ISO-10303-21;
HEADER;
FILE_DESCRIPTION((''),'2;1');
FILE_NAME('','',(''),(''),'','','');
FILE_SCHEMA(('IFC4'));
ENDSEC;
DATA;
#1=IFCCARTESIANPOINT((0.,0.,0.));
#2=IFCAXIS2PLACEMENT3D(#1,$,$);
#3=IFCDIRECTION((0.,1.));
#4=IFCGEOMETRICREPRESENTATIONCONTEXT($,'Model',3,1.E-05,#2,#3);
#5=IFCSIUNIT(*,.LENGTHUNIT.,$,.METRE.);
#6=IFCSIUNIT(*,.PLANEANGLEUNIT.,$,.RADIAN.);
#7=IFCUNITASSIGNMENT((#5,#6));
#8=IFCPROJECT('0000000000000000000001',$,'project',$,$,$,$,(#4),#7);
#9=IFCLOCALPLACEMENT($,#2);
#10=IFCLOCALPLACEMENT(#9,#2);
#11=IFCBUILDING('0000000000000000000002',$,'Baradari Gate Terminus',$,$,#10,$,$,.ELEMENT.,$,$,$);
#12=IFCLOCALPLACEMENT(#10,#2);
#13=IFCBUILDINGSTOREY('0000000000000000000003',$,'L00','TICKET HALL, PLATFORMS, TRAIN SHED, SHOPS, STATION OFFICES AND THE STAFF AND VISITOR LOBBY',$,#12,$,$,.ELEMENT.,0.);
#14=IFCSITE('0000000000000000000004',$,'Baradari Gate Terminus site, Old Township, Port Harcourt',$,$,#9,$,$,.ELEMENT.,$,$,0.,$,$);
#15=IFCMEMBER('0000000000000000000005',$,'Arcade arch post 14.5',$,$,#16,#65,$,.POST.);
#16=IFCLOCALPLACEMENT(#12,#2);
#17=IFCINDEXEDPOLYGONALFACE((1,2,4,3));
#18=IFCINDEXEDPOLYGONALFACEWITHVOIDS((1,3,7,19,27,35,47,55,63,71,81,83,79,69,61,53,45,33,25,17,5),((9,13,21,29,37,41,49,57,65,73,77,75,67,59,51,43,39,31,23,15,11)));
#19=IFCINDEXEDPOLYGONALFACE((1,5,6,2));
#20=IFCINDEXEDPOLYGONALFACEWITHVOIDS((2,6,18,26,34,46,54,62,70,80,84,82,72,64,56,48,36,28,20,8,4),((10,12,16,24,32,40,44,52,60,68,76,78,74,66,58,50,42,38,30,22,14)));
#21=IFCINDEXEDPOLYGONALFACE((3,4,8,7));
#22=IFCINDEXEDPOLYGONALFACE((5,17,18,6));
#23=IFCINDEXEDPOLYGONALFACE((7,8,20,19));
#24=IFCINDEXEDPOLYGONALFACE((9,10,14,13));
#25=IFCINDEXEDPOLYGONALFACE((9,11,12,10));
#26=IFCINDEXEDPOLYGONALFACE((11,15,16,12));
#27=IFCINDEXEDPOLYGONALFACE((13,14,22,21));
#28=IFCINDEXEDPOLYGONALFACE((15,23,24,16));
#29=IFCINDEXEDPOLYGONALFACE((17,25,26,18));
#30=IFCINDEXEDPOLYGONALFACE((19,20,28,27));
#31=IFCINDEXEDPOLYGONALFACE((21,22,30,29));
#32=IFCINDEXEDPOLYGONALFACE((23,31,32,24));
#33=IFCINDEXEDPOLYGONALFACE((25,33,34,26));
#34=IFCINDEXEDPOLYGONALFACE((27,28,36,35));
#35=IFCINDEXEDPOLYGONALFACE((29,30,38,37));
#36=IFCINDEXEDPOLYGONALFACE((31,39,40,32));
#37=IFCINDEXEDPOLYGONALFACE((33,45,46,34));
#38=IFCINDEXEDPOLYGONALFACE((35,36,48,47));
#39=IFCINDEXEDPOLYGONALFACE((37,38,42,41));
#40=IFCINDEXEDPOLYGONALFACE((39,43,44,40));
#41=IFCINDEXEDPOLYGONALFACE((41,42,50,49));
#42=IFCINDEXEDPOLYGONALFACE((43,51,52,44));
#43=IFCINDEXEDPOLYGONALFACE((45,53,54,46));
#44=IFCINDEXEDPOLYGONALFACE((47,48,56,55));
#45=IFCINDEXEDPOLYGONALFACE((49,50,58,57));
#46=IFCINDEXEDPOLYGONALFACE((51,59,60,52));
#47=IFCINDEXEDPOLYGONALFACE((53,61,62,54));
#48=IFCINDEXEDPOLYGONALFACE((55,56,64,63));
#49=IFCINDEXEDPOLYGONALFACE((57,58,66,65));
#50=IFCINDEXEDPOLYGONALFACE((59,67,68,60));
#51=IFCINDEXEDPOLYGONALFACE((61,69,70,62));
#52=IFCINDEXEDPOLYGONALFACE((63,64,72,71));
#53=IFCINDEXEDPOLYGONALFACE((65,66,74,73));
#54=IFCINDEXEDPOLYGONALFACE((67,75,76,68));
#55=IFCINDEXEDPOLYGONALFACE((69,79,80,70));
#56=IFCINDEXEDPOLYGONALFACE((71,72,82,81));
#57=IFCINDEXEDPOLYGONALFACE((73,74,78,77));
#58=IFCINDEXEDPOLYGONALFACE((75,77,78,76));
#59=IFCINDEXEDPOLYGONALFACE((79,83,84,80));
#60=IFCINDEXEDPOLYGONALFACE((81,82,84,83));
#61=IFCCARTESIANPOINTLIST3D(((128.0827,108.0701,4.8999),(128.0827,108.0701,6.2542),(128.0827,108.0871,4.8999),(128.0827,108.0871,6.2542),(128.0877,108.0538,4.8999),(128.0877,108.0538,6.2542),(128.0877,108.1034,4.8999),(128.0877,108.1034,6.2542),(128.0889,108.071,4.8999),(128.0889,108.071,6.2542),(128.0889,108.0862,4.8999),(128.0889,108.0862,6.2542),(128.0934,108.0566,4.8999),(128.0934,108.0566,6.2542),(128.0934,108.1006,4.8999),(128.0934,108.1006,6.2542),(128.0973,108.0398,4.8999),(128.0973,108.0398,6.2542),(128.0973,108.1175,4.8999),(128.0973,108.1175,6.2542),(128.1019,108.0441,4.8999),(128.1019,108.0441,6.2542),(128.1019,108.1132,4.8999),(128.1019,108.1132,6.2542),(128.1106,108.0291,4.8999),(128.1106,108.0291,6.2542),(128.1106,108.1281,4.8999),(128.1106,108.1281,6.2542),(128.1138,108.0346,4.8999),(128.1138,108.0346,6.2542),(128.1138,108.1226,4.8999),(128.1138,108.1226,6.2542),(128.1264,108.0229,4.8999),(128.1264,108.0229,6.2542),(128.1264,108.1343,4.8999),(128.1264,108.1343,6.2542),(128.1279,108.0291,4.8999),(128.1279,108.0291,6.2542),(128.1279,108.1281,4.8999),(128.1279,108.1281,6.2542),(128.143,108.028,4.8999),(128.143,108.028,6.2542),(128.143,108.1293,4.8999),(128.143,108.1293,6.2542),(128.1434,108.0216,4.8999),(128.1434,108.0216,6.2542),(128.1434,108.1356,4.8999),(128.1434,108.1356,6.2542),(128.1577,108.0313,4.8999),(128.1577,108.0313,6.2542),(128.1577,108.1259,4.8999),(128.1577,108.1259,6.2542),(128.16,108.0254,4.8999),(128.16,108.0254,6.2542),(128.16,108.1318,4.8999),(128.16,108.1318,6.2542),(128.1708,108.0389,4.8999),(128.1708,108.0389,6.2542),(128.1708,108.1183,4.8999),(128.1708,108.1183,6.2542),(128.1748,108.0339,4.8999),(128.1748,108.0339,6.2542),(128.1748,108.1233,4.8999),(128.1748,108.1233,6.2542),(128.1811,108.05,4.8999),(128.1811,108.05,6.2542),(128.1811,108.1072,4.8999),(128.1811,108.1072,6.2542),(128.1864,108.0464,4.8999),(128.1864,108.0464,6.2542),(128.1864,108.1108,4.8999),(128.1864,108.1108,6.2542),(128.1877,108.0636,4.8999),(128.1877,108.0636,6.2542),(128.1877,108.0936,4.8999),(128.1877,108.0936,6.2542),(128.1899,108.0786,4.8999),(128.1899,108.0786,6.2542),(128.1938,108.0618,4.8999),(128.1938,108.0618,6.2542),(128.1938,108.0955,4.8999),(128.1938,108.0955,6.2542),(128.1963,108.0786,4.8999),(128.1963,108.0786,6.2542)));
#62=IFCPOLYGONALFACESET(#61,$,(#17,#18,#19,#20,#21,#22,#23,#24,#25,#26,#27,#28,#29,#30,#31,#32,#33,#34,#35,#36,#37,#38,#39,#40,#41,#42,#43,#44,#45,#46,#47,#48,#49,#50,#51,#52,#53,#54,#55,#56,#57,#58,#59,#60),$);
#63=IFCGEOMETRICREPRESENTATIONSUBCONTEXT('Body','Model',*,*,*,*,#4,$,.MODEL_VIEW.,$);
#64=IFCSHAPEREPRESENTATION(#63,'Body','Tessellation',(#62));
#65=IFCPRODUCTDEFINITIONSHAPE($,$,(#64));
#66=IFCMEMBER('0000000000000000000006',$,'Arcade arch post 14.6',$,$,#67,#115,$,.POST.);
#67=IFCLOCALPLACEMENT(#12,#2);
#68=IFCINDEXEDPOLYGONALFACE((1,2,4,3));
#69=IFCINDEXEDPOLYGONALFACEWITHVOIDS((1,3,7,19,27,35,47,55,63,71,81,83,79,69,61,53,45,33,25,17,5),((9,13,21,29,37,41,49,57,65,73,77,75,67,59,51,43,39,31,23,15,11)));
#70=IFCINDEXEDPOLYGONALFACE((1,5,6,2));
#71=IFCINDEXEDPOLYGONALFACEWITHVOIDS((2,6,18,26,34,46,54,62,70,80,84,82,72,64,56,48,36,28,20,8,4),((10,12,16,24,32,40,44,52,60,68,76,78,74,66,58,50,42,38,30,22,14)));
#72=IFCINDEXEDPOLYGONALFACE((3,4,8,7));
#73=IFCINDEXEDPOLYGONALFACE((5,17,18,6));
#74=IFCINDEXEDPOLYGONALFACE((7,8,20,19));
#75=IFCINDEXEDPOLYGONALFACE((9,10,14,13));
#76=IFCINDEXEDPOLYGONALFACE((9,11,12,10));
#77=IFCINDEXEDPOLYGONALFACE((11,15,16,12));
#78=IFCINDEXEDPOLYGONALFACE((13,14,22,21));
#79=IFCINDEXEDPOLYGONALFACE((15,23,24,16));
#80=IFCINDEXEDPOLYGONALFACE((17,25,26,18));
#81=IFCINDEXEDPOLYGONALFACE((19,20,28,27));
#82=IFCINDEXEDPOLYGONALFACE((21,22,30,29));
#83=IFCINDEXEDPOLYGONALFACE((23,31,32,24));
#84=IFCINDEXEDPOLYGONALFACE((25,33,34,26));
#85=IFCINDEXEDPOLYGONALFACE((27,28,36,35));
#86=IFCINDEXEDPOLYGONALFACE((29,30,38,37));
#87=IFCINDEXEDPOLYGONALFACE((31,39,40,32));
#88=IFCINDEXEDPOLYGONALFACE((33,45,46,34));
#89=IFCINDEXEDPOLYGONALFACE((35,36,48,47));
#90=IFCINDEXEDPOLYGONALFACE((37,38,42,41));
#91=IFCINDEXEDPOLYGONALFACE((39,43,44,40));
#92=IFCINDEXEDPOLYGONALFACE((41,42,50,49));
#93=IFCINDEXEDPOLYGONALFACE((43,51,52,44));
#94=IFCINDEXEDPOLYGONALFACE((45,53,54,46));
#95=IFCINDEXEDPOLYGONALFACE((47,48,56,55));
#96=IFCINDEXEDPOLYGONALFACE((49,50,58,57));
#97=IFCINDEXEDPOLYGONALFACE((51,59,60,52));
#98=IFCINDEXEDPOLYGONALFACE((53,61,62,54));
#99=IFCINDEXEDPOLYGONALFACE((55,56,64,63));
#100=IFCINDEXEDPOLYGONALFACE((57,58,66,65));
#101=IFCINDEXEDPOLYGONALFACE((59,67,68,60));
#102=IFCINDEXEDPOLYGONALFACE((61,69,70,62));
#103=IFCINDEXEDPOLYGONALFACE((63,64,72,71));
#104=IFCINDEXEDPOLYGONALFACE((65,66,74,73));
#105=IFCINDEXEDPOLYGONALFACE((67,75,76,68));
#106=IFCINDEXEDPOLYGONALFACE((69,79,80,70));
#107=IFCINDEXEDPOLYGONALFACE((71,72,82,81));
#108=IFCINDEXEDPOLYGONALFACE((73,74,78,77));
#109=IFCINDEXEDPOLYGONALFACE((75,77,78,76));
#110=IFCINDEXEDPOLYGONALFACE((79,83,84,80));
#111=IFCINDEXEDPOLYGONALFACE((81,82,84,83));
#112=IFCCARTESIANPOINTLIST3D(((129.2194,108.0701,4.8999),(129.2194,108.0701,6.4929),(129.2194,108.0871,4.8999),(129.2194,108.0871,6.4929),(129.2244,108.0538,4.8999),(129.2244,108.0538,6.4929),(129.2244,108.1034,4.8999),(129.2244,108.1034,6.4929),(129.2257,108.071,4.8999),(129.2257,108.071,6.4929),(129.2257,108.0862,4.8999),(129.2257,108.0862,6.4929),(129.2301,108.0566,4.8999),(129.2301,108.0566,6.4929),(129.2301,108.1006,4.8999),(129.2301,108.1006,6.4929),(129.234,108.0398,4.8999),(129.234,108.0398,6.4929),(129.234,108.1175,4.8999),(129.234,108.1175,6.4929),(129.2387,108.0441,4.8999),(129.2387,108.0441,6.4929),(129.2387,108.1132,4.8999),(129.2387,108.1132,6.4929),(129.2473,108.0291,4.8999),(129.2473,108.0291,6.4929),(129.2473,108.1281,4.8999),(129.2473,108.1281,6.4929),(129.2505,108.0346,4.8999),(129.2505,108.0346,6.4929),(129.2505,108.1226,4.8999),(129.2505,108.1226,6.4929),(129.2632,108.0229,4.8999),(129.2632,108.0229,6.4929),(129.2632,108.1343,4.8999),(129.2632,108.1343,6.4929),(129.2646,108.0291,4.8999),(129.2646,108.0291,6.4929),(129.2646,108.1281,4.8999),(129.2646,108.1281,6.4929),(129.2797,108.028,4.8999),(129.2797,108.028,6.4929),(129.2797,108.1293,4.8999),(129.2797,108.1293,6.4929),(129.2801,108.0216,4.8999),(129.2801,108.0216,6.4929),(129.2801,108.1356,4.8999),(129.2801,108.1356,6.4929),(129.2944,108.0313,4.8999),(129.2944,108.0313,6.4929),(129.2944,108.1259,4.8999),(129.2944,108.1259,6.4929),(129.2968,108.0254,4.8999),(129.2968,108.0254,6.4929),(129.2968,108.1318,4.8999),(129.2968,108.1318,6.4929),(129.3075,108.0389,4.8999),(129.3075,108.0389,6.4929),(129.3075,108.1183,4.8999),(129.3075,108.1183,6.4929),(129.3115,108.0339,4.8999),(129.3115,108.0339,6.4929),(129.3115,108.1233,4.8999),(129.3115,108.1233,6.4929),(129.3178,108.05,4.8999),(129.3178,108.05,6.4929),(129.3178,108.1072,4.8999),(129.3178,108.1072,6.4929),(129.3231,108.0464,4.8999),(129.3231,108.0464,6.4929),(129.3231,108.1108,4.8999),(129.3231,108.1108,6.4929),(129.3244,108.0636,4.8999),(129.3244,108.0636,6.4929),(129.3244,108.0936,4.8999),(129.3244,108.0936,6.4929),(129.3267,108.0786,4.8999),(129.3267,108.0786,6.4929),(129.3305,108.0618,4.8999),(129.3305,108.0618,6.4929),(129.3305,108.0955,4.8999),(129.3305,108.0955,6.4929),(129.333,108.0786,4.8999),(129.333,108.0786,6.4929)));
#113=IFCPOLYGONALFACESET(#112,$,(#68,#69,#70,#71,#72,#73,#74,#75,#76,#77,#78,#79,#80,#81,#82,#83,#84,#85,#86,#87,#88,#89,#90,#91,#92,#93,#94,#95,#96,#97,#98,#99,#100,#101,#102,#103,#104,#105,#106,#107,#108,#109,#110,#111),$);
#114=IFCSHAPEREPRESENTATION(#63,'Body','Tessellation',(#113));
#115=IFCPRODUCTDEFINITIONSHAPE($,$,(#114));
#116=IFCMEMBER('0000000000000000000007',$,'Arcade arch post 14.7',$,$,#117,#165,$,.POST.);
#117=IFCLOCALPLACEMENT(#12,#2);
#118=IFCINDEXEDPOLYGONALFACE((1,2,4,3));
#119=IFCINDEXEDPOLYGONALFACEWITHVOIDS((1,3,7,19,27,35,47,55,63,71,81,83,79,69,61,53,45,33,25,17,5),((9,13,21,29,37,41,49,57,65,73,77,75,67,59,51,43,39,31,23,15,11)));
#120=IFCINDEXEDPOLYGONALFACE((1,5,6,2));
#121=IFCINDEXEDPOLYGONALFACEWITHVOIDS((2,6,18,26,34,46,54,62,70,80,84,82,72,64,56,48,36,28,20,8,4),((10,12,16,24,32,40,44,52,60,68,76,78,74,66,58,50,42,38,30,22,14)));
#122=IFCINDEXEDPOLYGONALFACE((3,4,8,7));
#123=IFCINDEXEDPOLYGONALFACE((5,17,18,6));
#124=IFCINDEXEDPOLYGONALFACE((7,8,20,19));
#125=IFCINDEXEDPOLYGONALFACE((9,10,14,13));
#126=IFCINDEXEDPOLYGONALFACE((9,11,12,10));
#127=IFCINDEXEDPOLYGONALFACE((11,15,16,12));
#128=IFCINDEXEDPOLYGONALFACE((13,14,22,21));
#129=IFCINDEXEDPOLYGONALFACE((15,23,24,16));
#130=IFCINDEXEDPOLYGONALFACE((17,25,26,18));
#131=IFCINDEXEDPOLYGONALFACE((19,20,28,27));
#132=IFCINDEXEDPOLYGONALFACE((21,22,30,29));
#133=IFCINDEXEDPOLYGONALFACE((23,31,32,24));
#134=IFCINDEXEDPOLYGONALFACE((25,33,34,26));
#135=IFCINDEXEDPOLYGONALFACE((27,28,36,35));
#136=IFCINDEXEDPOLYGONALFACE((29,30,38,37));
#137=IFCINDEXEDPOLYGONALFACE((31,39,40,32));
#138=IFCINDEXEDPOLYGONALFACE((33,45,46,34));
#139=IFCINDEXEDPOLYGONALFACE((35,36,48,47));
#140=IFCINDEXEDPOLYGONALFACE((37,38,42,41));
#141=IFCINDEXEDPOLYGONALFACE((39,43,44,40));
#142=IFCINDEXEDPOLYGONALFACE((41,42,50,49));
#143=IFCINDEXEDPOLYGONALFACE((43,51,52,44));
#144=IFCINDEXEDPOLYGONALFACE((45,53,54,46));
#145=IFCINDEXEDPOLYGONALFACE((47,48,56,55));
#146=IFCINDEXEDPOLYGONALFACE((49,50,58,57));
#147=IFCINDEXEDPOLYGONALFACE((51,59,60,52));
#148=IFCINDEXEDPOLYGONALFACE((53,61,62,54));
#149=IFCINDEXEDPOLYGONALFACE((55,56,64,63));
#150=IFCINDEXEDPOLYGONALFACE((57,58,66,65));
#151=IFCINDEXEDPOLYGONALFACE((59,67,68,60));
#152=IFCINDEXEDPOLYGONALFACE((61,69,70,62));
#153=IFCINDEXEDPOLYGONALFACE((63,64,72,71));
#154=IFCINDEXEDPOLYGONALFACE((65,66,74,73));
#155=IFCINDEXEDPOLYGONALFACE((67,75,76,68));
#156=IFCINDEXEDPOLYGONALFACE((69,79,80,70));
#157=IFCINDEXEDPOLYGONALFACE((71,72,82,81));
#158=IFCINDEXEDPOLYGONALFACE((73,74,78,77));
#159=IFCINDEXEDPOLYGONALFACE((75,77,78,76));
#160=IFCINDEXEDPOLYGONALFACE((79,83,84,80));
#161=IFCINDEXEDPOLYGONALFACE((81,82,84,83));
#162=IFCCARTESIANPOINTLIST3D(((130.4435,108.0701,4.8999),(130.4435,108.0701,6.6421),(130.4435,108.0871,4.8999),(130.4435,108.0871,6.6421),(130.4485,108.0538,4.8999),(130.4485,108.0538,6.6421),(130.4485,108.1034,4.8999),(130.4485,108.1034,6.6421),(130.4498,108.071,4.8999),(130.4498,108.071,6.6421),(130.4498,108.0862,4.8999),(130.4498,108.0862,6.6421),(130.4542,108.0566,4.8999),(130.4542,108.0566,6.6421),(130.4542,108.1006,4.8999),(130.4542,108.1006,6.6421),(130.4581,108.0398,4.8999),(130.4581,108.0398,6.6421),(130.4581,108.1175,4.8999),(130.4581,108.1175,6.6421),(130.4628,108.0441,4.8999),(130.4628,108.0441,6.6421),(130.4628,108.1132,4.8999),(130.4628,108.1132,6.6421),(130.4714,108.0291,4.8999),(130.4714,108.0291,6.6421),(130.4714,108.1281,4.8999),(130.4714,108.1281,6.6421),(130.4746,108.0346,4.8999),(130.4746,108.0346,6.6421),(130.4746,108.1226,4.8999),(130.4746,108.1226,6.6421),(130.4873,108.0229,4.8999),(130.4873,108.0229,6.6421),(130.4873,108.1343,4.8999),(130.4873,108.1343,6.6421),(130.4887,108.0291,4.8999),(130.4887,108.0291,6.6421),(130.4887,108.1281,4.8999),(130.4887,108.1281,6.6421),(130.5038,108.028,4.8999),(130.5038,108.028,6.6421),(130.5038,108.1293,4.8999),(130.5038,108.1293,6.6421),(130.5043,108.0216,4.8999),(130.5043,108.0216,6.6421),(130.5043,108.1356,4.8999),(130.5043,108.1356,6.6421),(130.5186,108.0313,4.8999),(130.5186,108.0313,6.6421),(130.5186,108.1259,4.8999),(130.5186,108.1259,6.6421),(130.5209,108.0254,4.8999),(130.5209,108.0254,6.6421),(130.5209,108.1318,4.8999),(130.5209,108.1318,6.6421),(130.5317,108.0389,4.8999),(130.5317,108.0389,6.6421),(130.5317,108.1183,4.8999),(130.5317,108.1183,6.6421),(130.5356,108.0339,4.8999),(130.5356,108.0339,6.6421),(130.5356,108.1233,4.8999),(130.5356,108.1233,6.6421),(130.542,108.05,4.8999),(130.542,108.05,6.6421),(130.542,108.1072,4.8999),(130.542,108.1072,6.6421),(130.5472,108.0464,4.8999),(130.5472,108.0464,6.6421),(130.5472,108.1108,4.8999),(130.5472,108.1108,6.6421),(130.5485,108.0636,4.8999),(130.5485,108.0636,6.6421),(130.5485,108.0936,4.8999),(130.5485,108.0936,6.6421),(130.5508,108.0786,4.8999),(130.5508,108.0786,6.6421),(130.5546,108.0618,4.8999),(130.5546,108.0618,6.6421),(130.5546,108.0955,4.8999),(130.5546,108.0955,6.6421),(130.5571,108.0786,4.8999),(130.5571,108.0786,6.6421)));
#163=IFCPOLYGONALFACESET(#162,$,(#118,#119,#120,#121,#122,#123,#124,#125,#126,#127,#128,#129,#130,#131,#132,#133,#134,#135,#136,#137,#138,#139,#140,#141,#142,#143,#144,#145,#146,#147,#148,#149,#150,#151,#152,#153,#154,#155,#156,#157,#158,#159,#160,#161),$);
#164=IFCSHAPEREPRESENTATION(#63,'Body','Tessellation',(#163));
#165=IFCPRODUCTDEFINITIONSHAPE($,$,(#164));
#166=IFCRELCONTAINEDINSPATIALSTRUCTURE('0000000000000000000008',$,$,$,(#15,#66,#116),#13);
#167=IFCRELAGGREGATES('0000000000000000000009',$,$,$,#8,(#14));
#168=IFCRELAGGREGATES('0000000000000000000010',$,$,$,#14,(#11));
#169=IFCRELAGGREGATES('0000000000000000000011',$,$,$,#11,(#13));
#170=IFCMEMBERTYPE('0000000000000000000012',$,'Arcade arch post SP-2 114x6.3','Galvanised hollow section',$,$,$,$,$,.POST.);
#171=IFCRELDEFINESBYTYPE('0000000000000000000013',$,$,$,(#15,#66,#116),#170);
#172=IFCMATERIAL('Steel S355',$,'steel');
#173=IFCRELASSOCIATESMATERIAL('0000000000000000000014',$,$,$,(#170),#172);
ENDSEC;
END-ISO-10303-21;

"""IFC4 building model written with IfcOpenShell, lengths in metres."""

from ifc_helpers import new_model, si_unit, direction, frame, origin, origin_2d, place, context, subcontext, project, spatial, hollow_circle, extrude, material, material_profile, profile_set, type_object, element, save


model = new_model("IFC4")

# Units and contexts
model_context = context("Model", 3, precision=1e-05, world=origin(), true_north=direction((0.0, 1.0)))
body_context = subcontext(model_context, "Body", "Model", "MODEL_VIEW")
ifc_project = project(units=[si_unit("LENGTHUNIT", "METRE"), si_unit("PLANEANGLEUNIT", "RADIAN")], contexts=[model_context])

# Site, building, storey
site_placement = place(None, origin())
site = spatial("IfcSite", under=ifc_project, at=site_placement, Name="Baradari Gate Terminus site, Old Township, Port Harcourt", CompositionType="ELEMENT", RefElevation=0.0)
building_placement = place(site_placement, origin())
building = spatial("IfcBuilding", under=site, at=building_placement, Name="Baradari Gate Terminus", CompositionType="ELEMENT")
storey_placement = place(building_placement, origin())
storey = spatial("IfcBuildingStorey", under=building, at=storey_placement, Name="L00", Description="TICKET HALL, PLATFORMS, TRAIN SHED, SHOPS, STATION OFFICES AND THE STAFF AND VISITOR LOBBY", CompositionType="ELEMENT", Elevation=0.0)

# Members
ifc_material_1 = material(Name="Steel S355", Category="steel")
ifc_material_profile_1 = material_profile(ifc_material_1, hollow_circle(Radius=0.0571, WallThickness=0.0063, at=origin_2d()), Name="CHS 114.3x6.3")
ifc_profile_set_1 = profile_set([ifc_material_profile_1], Name="Steel S355")
member_type_1 = type_object("IfcMemberType", Name="Arcade arch post SP-2 114x6.3", Description="Galvanised hollow section", PredefinedType="POST", material=ifc_profile_set_1)
member_1_placement = place(storey_placement, frame((128.1392, 108.0786, 4.8999), z_axis=(0.0, 0.0, 1.0), x_axis=(1.0, 0.0, 0.0)))
element("IfcMember", 1, at=member_1_placement, inside=storey, type_object=member_type_1, Name="Arcade arch post 14.5", PredefinedType="POST", context=body_context, shape_type="SweptSolid", body=[
    extrude(hollow_circle(Radius=0.0571, WallThickness=0.0063, at=origin_2d()), origin(), (0.0, 0.0, 1.0), 1.3542),
])
member_2_placement = place(storey_placement, frame((129.2759, 108.0786, 4.8999), z_axis=(0.0, 0.0, 1.0), x_axis=(1.0, 0.0, 0.0)))
element("IfcMember", 2, at=member_2_placement, inside=storey, type_object=member_type_1, Name="Arcade arch post 14.6", PredefinedType="POST", context=body_context, shape_type="SweptSolid", body=[
    extrude(hollow_circle(Radius=0.0571, WallThickness=0.0063, at=origin_2d()), origin(), (0.0, 0.0, 1.0), 1.593),
])
member_3_placement = place(storey_placement, frame((130.5, 108.0786, 4.8999), z_axis=(0.0, 0.0, 1.0), x_axis=(1.0, 0.0, 0.0)))
element("IfcMember", 3, at=member_3_placement, inside=storey, type_object=member_type_1, Name="Arcade arch post 14.7", PredefinedType="POST", context=body_context, shape_type="SweptSolid", body=[
    extrude(hollow_circle(Radius=0.0571, WallThickness=0.0063, at=origin_2d()), origin(), (0.0, 0.0, 1.0), 1.7422),
])

save(model, "model.ifc")
